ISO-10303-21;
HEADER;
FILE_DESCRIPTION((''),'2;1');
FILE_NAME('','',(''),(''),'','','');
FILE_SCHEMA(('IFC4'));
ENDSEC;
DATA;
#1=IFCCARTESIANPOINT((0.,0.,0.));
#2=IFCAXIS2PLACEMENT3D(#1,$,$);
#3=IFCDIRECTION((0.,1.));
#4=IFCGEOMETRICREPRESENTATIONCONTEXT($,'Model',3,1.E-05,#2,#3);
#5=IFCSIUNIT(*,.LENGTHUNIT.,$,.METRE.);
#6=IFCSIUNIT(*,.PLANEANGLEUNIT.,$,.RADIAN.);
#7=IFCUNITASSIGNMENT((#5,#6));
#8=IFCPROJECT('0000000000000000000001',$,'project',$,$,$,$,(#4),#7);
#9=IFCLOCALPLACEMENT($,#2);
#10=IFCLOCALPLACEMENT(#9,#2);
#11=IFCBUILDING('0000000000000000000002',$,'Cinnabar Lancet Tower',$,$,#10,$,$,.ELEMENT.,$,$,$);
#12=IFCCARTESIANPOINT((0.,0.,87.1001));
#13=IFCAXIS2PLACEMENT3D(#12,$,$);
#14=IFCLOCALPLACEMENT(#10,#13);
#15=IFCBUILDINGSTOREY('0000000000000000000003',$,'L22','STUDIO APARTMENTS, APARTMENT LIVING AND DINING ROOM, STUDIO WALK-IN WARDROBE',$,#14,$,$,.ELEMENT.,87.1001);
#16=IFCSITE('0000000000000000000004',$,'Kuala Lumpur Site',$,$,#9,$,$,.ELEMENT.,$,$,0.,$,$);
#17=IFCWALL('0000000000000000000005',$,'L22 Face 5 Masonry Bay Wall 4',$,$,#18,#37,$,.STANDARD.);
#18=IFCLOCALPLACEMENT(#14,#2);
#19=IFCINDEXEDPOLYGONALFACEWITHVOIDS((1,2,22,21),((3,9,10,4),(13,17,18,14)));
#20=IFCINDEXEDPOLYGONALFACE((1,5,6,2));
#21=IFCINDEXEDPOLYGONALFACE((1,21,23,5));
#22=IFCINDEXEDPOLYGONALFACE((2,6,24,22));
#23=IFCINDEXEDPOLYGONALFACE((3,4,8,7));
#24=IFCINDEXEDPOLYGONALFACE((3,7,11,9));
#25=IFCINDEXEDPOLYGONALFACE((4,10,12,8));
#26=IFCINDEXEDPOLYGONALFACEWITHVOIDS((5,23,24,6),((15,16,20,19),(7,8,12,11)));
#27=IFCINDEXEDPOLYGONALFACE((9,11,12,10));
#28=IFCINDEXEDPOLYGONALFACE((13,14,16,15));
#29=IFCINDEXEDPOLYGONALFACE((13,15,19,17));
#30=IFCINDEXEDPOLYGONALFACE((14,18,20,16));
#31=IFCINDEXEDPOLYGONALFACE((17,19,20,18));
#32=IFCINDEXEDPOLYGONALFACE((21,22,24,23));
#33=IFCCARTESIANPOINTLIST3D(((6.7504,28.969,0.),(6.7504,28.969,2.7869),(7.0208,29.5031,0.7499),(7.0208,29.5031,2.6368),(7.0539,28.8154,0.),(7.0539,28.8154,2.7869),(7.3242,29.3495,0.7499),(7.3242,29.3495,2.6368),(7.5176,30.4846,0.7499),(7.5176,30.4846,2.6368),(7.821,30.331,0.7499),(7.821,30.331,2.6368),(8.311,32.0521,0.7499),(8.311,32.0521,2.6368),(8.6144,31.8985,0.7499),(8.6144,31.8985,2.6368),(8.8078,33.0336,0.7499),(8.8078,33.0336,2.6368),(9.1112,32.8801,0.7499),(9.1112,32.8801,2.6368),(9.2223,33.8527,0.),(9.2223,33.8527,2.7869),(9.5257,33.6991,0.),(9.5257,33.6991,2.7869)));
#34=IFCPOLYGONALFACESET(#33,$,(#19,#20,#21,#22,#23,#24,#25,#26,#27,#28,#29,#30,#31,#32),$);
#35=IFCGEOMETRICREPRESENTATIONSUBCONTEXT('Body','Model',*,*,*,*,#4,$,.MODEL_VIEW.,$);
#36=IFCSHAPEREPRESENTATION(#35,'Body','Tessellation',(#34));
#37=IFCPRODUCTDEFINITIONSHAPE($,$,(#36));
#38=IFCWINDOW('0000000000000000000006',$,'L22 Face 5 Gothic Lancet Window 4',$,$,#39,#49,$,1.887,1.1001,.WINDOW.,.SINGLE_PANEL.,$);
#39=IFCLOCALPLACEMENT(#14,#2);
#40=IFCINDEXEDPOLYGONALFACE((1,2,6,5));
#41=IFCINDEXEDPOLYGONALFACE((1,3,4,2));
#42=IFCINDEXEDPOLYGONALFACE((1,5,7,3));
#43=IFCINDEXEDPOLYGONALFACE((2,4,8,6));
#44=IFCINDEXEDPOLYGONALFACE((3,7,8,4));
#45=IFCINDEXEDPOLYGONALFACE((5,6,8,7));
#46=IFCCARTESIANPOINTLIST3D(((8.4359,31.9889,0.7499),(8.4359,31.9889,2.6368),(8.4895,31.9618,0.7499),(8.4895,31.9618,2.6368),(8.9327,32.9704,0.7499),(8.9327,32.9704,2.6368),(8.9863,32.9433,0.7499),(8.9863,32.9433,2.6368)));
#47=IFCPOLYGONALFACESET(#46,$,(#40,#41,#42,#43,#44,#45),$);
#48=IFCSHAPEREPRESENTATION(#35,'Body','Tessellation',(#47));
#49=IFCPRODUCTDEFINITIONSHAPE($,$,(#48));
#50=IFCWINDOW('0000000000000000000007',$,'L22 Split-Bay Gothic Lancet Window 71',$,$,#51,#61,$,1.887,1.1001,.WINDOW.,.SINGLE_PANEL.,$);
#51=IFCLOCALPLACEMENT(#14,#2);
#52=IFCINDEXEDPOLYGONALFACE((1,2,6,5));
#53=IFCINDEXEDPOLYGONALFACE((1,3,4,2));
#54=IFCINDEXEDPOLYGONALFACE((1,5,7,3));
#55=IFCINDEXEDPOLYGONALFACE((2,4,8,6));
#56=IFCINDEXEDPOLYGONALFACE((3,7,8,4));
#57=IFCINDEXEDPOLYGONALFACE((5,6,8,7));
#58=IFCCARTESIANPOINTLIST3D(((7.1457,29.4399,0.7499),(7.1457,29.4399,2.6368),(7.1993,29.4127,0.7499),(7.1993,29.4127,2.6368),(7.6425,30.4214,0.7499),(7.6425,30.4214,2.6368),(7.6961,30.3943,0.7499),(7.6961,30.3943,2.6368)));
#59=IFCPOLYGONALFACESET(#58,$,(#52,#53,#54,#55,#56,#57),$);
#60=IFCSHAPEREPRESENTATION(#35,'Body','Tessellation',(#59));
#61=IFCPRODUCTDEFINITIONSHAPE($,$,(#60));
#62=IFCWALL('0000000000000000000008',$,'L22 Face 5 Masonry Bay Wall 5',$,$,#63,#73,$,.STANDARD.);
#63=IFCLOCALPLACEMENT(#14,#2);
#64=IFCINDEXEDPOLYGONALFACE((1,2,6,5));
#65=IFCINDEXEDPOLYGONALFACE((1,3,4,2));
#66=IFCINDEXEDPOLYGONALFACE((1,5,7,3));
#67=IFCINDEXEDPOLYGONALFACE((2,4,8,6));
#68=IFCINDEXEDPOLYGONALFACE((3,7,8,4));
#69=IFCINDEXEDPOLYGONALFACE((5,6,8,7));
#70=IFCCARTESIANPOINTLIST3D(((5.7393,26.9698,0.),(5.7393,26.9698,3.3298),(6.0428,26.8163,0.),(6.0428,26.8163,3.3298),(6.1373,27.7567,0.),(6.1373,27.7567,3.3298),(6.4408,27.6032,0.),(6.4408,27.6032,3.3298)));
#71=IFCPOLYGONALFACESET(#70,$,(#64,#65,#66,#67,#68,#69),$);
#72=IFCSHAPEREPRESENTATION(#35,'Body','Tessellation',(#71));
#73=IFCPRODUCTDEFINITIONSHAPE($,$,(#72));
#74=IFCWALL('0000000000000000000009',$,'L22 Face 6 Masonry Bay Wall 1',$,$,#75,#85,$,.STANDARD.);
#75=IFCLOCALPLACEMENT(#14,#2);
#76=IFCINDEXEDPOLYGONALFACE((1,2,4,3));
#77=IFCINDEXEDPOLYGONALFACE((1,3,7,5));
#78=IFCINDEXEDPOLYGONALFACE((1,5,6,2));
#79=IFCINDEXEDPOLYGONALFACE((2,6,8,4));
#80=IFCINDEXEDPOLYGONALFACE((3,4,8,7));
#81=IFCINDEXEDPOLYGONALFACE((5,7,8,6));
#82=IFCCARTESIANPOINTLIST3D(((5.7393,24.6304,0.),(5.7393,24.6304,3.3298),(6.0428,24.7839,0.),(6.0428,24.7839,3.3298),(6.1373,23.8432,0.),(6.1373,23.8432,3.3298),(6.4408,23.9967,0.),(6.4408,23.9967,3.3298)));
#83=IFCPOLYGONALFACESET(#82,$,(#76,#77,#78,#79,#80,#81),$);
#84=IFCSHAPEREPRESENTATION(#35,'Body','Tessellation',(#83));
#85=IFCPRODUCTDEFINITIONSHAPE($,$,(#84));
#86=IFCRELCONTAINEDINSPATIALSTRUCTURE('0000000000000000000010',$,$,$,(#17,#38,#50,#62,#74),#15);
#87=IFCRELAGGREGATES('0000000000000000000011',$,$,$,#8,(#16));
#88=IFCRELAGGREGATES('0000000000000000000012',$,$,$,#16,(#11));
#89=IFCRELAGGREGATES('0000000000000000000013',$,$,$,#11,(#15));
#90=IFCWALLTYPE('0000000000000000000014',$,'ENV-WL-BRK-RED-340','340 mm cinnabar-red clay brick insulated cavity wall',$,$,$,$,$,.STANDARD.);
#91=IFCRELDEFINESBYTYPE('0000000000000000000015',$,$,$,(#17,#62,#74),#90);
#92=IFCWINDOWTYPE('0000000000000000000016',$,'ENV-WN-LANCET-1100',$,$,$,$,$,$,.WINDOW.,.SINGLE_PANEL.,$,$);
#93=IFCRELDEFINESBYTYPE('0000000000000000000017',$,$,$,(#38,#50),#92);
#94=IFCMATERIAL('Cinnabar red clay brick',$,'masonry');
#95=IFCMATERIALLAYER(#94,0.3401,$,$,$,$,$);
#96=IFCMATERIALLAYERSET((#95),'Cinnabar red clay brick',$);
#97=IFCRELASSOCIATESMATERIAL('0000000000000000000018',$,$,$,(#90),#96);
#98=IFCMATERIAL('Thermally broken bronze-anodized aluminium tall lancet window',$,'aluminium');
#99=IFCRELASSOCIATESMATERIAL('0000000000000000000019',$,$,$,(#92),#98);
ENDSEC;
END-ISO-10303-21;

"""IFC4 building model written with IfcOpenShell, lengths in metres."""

from ifc_helpers import new_model, si_unit, direction, frame, frame_2d, origin, place, context, subcontext, project, spatial, rectangle, extrude, material, layer, layer_set, type_object, element, fill, save


model = new_model("IFC4")

# Units and contexts
model_context = context("Model", 3, precision=1e-05, world=origin(), true_north=direction((0.0, 1.0)))
body_context = subcontext(model_context, "Body", "Model", "MODEL_VIEW")
ifc_project = project(units=[si_unit("LENGTHUNIT", "METRE"), si_unit("PLANEANGLEUNIT", "RADIAN")], contexts=[model_context])

# Site, building, storey
site_placement = place(None, origin())
site = spatial("IfcSite", under=ifc_project, at=site_placement, Name="Kuala Lumpur Site", CompositionType="ELEMENT", RefElevation=0.0)
building_placement = place(site_placement, origin())
building = spatial("IfcBuilding", under=site, at=building_placement, Name="Cinnabar Lancet Tower", CompositionType="ELEMENT")
storey_placement = place(building_placement, frame((0.0, 0.0, 87.1001)))
storey = spatial("IfcBuildingStorey", under=building, at=storey_placement, Name="L22", Description="STUDIO APARTMENTS, APARTMENT LIVING AND DINING ROOM, STUDIO WALK-IN WARDROBE", CompositionType="ELEMENT", Elevation=87.1001)

# Shared definitions
ifc_material_1 = material(Name="Cinnabar red clay brick", Category="masonry")
ifc_layer_1 = layer(ifc_material_1, 0.3401)
ifc_layer_set_1 = layer_set([ifc_layer_1], Name="Cinnabar red clay brick")
wall_type_1 = type_object("IfcWallType", Name="ENV-WL-BRK-RED-340", Description="340 mm cinnabar-red clay brick insulated cavity wall", PredefinedType="STANDARD", material=ifc_layer_set_1)

# Wall, openings, windows
wall_1_placement = place(storey_placement, frame((9.374, 33.7759, 0.0), z_axis=(0.0, 0.0, 1.0), x_axis=(-0.451597, -0.892222, 0.0)))
wall_1 = element("IfcWall", 1, at=wall_1_placement, inside=storey, type_object=wall_type_1, Name="L22 Face 5 Masonry Bay Wall 4", PredefinedType="STANDARD", context=body_context, shape_type="SweptSolid", body=[
    extrude(rectangle(XDim=5.4736, YDim=0.3401, at=frame_2d((2.7368, 0.0))), origin(), (0.0, 0.0, 1.0), 2.7869),
])
opening_1_placement = place(wall_1_placement, frame((0.918, 0.0, 0.75)))
opening_1 = element("IfcOpeningElement", 2, at=opening_1_placement, cuts=wall_1, PredefinedType="OPENING", context=body_context, shape_type="SweptSolid", body=[
    extrude(rectangle(XDim=1.1001, YDim=1.887, at=frame_2d((0.55, 0.9434))), frame((0.0, 0.1799, 0.0), z_axis=(0.0, -1.0, 0.0), x_axis=(1.0, 0.0, 0.0)), (0.0, 0.0, 1.0), 0.3601),
])
opening_2_placement = place(wall_1_placement, frame((3.7749, 0.0, 0.75)))
opening_2 = element("IfcOpeningElement", 3, at=opening_2_placement, cuts=wall_1, PredefinedType="OPENING", context=body_context, shape_type="SweptSolid", body=[
    extrude(rectangle(XDim=1.1001, YDim=1.887, at=frame_2d((0.55, 0.9434))), frame((0.0, 0.1799, 0.0), z_axis=(0.0, -1.0, 0.0), x_axis=(1.0, 0.0, 0.0)), (0.0, 0.0, 1.0), 0.3601),
])
ifc_material_2 = material(Name="Thermally broken bronze-anodized aluminium tall lancet window", Category="aluminium")
window_type = type_object("IfcWindowType", Name="ENV-WN-LANCET-1100", PartitioningType="SINGLE_PANEL", PredefinedType="WINDOW", material=ifc_material_2)
window_1_placement = place(opening_1_placement, origin())
window_1 = element("IfcWindow", 4, at=window_1_placement, inside=storey, type_object=window_type, Name="L22 Face 5 Gothic Lancet Window 4", OverallHeight=1.887, OverallWidth=1.1001, PartitioningType="SINGLE_PANEL", PredefinedType="WINDOW", context=body_context, shape_type="SweptSolid", body=[
    extrude(rectangle(XDim=1.1001, YDim=1.887, at=frame_2d((0.55, 0.9434))), frame((0.0, 0.03, 0.0), z_axis=(0.0, -1.0, 0.0), x_axis=(1.0, 0.0, 0.0)), (0.0, 0.0, 1.0), 0.0601),
])
fill(opening_1, window_1)
window_2_placement = place(opening_2_placement, origin())
window_2 = element("IfcWindow", 5, at=window_2_placement, inside=storey, type_object=window_type, Name="L22 Split-Bay Gothic Lancet Window 71", OverallHeight=1.887, OverallWidth=1.1001, PartitioningType="SINGLE_PANEL", PredefinedType="WINDOW", context=body_context, shape_type="SweptSolid", body=[
    extrude(rectangle(XDim=1.1001, YDim=1.887, at=frame_2d((0.55, 0.9434))), frame((0.0, 0.03, 0.0), z_axis=(0.0, -1.0, 0.0), x_axis=(1.0, 0.0, 0.0)), (0.0, 0.0, 1.0), 0.0601),
])
fill(opening_2, window_2)

# Walls
wall_2_placement = place(storey_placement, frame((6.2891, 27.6799, 0.0), z_axis=(0.0, 0.0, 1.0), x_axis=(-0.451307, -0.892369, 0.0)))
element("IfcWall", 6, at=wall_2_placement, inside=storey, type_object=wall_type_1, Name="L22 Face 5 Masonry Bay Wall 5", PredefinedType="STANDARD", context=body_context, shape_type="SweptSolid", body=[
    extrude(rectangle(XDim=0.8818, YDim=0.3401, at=frame_2d((0.4409, 0.0))), origin(), (0.0, 0.0, 1.0), 3.3298),
])
wall_3_placement = place(storey_placement, frame((5.8911, 24.707, 0.0), z_axis=(0.0, 0.0, 1.0), x_axis=(0.451195, -0.892425, 0.0)))
element("IfcWall", 7, at=wall_3_placement, inside=storey, type_object=wall_type_1, Name="L22 Face 6 Masonry Bay Wall 1", PredefinedType="STANDARD", context=body_context, shape_type="SweptSolid", body=[
    extrude(rectangle(XDim=0.8821, YDim=0.3401, at=frame_2d((0.4409, 0.0))), origin(), (0.0, 0.0, 1.0), 3.3298),
])

save(model, "model.ifc")
